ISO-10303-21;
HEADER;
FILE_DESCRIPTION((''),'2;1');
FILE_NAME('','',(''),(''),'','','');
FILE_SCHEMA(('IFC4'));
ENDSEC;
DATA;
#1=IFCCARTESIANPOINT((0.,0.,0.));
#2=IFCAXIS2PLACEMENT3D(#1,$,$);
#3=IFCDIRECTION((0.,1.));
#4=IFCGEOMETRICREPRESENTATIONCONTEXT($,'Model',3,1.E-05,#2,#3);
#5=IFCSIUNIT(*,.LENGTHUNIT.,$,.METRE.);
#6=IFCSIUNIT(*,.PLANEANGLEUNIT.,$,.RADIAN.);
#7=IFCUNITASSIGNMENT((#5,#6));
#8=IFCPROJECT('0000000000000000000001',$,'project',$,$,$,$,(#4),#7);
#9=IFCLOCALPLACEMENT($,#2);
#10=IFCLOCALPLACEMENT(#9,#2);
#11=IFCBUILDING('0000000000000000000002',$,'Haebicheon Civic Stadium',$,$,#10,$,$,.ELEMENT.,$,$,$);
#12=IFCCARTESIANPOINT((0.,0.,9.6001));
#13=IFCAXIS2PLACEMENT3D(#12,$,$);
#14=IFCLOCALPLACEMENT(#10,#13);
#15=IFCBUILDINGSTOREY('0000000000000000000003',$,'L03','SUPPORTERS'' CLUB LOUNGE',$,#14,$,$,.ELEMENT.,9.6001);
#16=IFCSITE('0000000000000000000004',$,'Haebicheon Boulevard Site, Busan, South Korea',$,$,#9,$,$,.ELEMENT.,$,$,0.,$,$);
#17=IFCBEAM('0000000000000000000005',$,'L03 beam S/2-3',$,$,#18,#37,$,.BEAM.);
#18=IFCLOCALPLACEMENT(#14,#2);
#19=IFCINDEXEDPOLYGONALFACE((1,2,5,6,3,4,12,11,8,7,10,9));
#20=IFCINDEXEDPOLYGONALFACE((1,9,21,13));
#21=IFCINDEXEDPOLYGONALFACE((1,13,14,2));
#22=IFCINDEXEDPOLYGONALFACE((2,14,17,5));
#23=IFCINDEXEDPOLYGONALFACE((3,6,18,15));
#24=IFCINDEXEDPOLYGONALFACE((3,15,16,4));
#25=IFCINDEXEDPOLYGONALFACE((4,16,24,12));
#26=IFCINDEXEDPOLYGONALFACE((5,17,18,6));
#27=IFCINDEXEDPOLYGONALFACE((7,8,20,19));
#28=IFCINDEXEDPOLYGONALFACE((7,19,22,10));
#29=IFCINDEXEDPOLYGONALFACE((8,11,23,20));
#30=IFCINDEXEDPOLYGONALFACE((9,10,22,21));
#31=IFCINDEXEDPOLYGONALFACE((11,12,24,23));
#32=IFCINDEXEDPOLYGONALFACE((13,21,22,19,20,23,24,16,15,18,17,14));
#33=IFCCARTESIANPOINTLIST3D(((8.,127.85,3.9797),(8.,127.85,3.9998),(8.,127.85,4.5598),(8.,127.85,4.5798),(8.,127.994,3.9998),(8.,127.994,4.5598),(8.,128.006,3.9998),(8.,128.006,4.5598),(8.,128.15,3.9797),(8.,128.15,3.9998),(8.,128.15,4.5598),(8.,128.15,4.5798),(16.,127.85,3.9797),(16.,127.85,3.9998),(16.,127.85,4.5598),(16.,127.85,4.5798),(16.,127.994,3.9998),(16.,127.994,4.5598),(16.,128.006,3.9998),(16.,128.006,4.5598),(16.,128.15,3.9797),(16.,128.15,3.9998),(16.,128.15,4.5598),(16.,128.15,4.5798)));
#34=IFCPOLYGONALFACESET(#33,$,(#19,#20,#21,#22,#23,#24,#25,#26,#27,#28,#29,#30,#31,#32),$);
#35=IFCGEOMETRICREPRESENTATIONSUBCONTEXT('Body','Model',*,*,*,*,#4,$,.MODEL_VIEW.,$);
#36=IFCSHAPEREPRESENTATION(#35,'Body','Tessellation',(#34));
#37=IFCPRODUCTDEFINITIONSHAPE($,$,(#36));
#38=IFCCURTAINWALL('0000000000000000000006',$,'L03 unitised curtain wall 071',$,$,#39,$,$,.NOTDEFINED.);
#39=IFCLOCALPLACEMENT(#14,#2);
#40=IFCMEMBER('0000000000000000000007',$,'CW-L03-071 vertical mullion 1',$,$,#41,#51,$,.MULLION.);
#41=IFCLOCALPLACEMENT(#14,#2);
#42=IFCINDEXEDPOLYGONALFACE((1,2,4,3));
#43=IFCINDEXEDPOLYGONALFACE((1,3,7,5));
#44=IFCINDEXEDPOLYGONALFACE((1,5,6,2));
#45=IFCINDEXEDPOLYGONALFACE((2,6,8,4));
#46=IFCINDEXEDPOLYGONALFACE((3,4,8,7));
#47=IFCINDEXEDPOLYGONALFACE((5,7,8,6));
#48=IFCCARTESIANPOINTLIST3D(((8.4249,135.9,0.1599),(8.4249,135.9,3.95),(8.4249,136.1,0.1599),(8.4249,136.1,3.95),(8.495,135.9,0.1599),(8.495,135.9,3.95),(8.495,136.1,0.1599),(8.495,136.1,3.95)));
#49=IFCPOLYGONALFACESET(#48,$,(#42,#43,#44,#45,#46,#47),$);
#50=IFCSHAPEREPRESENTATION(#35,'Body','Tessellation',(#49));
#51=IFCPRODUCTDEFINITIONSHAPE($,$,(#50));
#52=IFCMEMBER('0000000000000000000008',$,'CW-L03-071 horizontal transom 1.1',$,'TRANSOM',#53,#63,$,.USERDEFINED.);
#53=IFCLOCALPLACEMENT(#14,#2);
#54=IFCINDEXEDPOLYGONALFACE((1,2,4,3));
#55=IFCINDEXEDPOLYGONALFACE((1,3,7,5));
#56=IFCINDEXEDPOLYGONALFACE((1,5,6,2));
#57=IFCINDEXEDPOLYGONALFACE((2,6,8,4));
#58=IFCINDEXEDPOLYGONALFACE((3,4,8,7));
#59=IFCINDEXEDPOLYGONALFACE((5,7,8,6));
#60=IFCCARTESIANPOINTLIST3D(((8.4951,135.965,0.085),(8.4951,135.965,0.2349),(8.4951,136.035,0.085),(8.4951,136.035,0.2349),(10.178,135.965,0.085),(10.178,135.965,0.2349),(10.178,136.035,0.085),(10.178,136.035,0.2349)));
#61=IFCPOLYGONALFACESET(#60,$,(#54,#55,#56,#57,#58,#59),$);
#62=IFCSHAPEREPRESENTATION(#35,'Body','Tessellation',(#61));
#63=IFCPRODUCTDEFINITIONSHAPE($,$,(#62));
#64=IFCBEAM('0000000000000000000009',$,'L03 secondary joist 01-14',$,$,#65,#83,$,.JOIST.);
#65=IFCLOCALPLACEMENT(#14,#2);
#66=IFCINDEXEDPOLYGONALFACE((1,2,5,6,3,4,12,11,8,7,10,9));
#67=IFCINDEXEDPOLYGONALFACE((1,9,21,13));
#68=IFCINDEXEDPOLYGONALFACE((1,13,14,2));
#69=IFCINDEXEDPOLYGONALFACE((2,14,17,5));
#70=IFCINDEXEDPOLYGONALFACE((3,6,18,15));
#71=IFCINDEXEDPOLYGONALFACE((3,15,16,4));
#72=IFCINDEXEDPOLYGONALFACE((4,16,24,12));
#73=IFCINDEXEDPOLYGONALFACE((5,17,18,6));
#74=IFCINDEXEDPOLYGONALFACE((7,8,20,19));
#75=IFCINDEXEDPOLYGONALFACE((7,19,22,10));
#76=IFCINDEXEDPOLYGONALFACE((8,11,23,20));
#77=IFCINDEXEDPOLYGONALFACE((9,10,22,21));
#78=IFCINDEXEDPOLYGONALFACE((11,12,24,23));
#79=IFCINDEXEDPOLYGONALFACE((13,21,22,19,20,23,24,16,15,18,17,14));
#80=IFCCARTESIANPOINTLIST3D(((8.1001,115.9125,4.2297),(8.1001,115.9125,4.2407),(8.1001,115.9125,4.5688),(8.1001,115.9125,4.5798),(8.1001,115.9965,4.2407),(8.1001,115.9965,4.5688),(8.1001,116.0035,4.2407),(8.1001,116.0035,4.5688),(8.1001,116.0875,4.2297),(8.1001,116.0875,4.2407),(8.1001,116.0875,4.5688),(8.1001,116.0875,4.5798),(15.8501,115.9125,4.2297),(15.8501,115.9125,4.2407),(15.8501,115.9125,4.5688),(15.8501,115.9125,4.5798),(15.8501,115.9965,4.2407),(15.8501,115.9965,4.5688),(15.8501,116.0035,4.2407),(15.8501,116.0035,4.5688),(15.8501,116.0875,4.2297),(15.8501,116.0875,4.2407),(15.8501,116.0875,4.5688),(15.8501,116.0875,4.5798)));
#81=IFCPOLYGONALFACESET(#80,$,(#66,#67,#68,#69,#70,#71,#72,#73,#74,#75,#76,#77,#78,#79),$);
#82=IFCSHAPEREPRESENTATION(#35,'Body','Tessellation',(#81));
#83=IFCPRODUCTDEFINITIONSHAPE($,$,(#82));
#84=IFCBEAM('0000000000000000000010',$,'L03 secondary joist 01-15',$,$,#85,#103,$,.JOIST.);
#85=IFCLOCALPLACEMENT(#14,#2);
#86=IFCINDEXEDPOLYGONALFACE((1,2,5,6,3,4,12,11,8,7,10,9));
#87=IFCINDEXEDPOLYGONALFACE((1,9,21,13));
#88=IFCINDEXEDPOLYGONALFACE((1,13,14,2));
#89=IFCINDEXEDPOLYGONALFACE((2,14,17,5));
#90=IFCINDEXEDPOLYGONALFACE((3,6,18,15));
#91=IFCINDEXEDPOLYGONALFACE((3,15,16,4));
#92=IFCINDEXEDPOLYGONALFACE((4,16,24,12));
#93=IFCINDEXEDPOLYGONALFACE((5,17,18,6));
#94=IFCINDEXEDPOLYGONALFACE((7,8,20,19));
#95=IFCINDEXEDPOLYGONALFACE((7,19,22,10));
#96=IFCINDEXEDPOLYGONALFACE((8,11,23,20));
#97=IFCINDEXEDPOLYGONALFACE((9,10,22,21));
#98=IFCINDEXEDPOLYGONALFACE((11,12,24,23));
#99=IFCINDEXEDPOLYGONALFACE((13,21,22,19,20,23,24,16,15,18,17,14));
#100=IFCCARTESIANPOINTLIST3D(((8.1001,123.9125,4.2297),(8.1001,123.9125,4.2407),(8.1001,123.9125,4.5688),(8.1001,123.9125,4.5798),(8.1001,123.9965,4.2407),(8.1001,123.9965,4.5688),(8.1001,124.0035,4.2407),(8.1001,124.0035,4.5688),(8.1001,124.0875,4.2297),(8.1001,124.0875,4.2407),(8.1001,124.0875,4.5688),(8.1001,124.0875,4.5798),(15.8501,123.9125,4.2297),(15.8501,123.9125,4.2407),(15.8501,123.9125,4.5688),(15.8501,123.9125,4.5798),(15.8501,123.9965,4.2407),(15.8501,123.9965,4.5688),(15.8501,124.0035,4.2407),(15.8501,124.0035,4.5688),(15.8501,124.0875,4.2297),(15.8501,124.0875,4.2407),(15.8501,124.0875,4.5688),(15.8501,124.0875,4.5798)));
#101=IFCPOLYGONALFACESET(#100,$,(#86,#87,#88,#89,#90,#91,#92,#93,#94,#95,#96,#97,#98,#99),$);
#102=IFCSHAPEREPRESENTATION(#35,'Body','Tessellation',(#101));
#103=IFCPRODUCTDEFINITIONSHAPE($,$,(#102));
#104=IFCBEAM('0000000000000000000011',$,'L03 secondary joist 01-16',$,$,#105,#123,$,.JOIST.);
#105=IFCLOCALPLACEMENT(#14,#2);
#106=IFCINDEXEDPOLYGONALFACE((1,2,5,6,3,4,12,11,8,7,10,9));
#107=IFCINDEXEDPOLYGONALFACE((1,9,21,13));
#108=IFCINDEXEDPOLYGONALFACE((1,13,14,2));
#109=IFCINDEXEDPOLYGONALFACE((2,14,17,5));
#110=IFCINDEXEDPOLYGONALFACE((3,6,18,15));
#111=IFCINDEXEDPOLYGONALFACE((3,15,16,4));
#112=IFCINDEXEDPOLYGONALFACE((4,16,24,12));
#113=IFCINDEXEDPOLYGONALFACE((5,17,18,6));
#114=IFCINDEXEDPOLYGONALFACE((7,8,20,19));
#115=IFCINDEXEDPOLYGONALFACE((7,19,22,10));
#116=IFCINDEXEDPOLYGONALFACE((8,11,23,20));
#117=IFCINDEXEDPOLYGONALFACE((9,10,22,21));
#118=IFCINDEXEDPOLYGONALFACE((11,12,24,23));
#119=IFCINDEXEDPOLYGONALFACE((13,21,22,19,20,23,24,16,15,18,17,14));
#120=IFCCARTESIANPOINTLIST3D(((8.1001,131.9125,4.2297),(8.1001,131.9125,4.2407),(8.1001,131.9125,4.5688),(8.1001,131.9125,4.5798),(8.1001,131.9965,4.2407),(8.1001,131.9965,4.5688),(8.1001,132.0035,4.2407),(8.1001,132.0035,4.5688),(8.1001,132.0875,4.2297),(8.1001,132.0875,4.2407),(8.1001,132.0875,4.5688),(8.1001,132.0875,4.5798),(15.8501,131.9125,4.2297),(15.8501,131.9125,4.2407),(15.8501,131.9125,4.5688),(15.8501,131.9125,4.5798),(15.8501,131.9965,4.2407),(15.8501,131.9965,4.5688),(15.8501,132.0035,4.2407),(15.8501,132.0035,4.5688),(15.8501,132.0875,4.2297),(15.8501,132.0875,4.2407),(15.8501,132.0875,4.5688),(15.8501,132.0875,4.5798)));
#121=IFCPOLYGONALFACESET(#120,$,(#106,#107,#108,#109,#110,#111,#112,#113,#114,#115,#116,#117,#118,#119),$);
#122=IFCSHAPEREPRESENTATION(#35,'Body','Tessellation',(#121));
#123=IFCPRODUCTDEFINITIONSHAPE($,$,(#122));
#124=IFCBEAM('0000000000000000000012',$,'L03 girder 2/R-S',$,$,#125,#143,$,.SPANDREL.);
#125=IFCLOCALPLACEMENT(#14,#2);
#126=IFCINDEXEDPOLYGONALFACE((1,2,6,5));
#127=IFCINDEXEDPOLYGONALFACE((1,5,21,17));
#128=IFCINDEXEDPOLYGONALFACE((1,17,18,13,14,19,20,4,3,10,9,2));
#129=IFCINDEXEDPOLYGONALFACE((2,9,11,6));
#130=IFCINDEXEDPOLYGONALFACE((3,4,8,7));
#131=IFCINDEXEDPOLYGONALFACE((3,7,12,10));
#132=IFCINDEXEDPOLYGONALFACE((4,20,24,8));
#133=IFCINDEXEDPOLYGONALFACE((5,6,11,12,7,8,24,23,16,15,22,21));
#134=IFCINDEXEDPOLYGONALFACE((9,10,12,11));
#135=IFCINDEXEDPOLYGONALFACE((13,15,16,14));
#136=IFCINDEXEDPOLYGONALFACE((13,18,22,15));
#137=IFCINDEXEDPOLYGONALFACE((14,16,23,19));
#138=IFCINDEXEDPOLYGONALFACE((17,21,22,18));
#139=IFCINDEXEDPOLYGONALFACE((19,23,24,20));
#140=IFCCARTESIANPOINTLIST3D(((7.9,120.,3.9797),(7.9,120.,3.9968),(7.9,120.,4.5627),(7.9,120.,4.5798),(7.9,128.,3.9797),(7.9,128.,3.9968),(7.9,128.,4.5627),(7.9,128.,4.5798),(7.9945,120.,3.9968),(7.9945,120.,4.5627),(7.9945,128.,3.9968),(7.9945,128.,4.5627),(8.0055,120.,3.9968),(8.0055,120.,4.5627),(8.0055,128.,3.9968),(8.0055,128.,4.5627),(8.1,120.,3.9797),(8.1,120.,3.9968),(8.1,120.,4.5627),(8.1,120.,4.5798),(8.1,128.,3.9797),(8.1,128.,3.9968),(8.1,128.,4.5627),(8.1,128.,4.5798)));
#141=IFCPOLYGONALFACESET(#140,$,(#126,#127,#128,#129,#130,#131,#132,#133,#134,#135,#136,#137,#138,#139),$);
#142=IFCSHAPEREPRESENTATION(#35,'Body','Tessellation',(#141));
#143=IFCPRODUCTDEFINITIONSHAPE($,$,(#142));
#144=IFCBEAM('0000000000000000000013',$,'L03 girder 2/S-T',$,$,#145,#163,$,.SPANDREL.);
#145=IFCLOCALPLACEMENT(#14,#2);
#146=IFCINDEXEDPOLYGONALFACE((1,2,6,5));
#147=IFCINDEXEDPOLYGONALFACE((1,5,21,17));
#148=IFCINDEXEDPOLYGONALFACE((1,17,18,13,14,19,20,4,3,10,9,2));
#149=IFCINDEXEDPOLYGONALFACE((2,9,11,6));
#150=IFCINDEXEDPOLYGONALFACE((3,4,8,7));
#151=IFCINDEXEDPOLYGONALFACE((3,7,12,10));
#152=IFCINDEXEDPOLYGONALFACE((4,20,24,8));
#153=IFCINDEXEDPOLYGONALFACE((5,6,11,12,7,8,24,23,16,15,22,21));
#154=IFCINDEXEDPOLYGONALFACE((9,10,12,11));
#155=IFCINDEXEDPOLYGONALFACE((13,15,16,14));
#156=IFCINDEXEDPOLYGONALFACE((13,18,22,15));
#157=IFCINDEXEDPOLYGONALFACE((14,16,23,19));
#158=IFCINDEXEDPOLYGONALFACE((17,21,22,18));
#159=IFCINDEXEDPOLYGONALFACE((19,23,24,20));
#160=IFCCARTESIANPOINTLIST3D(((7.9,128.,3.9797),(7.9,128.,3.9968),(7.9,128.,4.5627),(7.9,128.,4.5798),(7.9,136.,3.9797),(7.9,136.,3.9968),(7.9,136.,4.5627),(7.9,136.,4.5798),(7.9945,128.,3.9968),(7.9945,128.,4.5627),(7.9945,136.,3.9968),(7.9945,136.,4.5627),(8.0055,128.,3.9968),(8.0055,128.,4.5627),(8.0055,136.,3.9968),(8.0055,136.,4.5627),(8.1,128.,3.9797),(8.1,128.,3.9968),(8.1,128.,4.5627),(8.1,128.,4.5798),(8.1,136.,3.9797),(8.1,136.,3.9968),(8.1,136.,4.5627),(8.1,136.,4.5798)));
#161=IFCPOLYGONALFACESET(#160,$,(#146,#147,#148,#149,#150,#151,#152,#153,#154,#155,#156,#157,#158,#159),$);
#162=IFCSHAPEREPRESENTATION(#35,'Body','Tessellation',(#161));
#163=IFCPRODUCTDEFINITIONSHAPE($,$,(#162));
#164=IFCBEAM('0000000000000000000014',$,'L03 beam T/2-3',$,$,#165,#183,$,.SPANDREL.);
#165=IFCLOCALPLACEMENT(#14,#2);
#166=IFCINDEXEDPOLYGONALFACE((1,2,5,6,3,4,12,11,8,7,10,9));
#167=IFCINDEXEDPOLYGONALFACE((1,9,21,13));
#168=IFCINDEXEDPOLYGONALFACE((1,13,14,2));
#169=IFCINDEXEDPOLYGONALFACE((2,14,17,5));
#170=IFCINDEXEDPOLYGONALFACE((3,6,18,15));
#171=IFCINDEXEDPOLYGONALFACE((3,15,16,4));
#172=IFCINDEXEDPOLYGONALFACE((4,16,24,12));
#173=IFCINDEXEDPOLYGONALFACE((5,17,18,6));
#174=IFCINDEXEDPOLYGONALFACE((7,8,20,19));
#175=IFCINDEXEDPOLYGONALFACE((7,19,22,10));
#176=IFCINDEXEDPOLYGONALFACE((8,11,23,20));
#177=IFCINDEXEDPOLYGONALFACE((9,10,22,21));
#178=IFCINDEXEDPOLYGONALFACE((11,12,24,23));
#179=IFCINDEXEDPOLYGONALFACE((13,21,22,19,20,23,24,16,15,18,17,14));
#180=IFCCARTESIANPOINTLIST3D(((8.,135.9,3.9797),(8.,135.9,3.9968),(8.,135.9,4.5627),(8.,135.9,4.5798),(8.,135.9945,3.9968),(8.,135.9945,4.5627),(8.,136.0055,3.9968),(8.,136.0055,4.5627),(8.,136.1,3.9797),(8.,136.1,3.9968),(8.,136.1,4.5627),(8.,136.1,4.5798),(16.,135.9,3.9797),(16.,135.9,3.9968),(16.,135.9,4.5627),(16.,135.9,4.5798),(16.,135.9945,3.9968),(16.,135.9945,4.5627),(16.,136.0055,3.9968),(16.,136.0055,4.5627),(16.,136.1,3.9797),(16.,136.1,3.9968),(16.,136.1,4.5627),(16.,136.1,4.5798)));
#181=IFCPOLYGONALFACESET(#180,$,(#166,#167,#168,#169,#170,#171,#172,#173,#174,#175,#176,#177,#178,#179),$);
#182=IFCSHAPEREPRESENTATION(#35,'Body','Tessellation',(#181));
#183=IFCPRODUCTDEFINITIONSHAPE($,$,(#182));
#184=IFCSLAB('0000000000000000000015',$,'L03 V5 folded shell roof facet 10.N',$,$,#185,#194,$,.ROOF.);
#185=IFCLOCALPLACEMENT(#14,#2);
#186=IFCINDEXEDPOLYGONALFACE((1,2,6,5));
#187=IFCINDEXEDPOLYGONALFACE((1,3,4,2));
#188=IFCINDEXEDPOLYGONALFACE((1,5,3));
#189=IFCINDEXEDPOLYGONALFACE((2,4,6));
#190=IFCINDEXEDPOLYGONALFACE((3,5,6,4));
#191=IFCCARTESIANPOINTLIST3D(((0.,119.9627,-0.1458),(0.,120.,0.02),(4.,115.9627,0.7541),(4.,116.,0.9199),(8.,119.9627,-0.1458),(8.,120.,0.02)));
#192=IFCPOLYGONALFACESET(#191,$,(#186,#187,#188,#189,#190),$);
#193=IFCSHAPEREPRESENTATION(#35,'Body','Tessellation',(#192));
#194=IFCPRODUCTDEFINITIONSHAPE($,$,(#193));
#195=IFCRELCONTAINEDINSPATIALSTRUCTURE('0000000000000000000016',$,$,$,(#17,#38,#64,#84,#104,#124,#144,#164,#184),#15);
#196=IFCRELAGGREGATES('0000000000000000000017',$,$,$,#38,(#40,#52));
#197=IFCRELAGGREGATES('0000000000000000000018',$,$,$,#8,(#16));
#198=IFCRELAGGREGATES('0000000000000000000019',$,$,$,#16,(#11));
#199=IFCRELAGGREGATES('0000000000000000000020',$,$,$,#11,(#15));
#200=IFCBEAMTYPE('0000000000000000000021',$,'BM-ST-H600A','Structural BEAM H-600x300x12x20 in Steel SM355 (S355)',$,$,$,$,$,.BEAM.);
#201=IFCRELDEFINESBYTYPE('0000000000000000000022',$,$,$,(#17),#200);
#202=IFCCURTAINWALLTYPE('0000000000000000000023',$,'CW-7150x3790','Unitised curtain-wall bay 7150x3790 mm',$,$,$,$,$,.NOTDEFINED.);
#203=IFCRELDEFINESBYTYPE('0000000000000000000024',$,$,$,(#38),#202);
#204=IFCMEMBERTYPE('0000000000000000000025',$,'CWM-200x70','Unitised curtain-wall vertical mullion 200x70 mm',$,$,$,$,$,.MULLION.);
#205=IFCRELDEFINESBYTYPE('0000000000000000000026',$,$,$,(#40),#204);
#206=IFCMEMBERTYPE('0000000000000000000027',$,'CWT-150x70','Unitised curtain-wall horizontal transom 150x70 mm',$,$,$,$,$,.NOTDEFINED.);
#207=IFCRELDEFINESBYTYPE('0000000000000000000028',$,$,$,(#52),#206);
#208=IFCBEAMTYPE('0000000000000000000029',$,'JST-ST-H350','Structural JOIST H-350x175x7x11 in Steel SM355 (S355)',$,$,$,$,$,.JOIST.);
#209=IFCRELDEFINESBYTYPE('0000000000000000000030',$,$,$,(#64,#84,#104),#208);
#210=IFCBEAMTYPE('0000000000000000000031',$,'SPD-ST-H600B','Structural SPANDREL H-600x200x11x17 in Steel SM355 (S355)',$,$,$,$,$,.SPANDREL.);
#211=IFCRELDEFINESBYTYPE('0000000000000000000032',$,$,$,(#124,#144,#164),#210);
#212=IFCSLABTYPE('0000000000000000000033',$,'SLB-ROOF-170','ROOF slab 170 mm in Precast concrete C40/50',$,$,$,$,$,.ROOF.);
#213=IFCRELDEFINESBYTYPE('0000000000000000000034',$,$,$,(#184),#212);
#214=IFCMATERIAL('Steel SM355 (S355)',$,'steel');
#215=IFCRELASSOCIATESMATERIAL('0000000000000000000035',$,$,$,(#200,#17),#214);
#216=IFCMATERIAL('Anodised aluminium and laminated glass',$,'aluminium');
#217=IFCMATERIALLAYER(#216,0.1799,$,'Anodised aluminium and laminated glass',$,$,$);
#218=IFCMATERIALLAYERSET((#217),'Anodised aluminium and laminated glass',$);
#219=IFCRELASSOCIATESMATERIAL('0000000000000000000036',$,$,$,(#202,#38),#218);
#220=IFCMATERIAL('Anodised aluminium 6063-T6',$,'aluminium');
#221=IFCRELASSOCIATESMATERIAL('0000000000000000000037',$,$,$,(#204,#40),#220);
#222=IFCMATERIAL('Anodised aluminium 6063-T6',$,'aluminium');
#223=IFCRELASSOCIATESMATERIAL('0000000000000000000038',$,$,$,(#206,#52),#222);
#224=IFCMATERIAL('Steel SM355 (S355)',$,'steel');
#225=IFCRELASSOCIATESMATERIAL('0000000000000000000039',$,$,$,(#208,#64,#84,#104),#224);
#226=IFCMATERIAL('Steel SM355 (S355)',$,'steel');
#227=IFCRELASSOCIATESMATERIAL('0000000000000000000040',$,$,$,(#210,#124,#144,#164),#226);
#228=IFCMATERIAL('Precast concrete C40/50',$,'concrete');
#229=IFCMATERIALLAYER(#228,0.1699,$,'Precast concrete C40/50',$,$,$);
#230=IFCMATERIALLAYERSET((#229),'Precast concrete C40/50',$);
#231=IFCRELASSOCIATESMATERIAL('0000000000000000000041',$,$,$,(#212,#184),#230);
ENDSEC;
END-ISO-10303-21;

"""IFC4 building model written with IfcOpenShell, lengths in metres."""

from ifc_helpers import new_model, si_unit, direction, frame, origin, origin_2d, place, context, subcontext, project, spatial, polyline, rectangle, i_section, outline, extrude, material, layer, layer_set, material_profile, profile_set, type_object, element, aggregate, save


model = new_model("IFC4")

# Units and contexts
model_context = context("Model", 3, precision=1e-05, world=origin(), true_north=direction((0.0, 1.0)))
body_context = subcontext(model_context, "Body", "Model", "MODEL_VIEW")
ifc_project = project(units=[si_unit("LENGTHUNIT", "METRE"), si_unit("PLANEANGLEUNIT", "RADIAN")], contexts=[model_context])

# Site, building, storey
site_placement = place(None, origin())
site = spatial("IfcSite", under=ifc_project, at=site_placement, Name="Haebicheon Boulevard Site, Busan, South Korea", CompositionType="ELEMENT", RefElevation=0.0)
building_placement = place(site_placement, origin())
building = spatial("IfcBuilding", under=site, at=building_placement, Name="Haebicheon Civic Stadium", CompositionType="ELEMENT")
storey_placement = place(building_placement, frame((0.0, 0.0, 9.6001)))
storey = spatial("IfcBuildingStorey", under=building, at=storey_placement, Name="L03", Description="SUPPORTERS' CLUB LOUNGE", CompositionType="ELEMENT", Elevation=9.6001)

# Beam
ifc_material_1 = material(Name="Steel SM355 (S355)", Category="steel")
ifc_material_profile_1 = material_profile(ifc_material_1, i_section(OverallWidth=0.3, OverallDepth=0.6001, WebThickness=0.012, FlangeThickness=0.02, at=origin_2d()), Name="H-600x300x12x20")
ifc_profile_set_1 = profile_set([ifc_material_profile_1], Name="Steel SM355 (S355)")
beam_type_1 = type_object("IfcBeamType", Name="BM-ST-H600A", Description="Structural BEAM H-600x300x12x20 in Steel SM355 (S355)", PredefinedType="BEAM", material=ifc_profile_set_1)
beam_1_placement = place(storey_placement, frame((8.0, 128.0, 4.2798), z_axis=(1.0, 0.0, 0.0), x_axis=(0.0, 1.0, 0.0)))
element("IfcBeam", 1, at=beam_1_placement, inside=storey, type_object=beam_type_1, material=ifc_profile_set_1, Name="L03 beam S/2-3", PredefinedType="BEAM", context=body_context, shape_type="SweptSolid", body=[
    extrude(i_section(OverallWidth=0.3, OverallDepth=0.6001, WebThickness=0.012, FlangeThickness=0.02, at=origin_2d()), origin(), (0.0, 0.0, 1.0), 8.0),
])

# Curtain wall, members
ifc_material_2 = material(Name="Anodised aluminium and laminated glass", Category="aluminium")
ifc_layer_1 = layer(ifc_material_2, 0.1799, Name="Anodised aluminium and laminated glass")
ifc_layer_set_1 = layer_set([ifc_layer_1], Name="Anodised aluminium and laminated glass")
curtain_wall_type = type_object("IfcCurtainWallType", Name="CW-7150x3790", Description="Unitised curtain-wall bay 7150x3790 mm", PredefinedType="NOTDEFINED", material=ifc_layer_set_1)
curtain_wall_placement = place(storey_placement, origin())
curtain_wall = element("IfcCurtainWall", 2, at=curtain_wall_placement, inside=storey, type_object=curtain_wall_type, material=ifc_layer_set_1, Name="L03 unitised curtain wall 071", PredefinedType="NOTDEFINED")
ifc_material_3 = material(Name="Anodised aluminium 6063-T6", Category="aluminium")
ifc_material_profile_2 = material_profile(ifc_material_3, rectangle(XDim=0.0701, YDim=0.2, at=origin_2d()), Name="ALU-MULL-70x200")
ifc_profile_set_2 = profile_set([ifc_material_profile_2], Name="Anodised aluminium 6063-T6")
member_type_1 = type_object("IfcMemberType", Name="CWM-200x70", Description="Unitised curtain-wall vertical mullion 200x70 mm", PredefinedType="MULLION", material=ifc_profile_set_2)
member_1_placement = place(storey_placement, frame((8.46, 136.0, 0.1599), z_axis=(0.0, 0.0, 1.0), x_axis=(1.0, 0.0, 0.0)))
member_1 = element("IfcMember", 3, at=member_1_placement, type_object=member_type_1, material=ifc_profile_set_2, Name="CW-L03-071 vertical mullion 1", PredefinedType="MULLION", context=body_context, shape_type="SweptSolid", body=[
    extrude(rectangle(XDim=0.0701, YDim=0.2, at=origin_2d()), origin(), (0.0, 0.0, 1.0), 3.79),
])
ifc_material_4 = material(Name="Anodised aluminium 6063-T6", Category="aluminium")
ifc_material_profile_3 = material_profile(ifc_material_4, rectangle(XDim=0.0701, YDim=0.1499, at=origin_2d()), Name="ALU-TRAN-70x150")
ifc_profile_set_3 = profile_set([ifc_material_profile_3], Name="Anodised aluminium 6063-T6")
member_type_2 = type_object("IfcMemberType", Name="CWT-150x70", Description="Unitised curtain-wall horizontal transom 150x70 mm", PredefinedType="NOTDEFINED", material=ifc_profile_set_3)
member_2_placement = place(storey_placement, frame((8.4951, 136.0, 0.1599), z_axis=(1.0, 0.0, 0.0), x_axis=(0.0, 1.0, 0.0)))
member_2 = element("IfcMember", 4, at=member_2_placement, type_object=member_type_2, material=ifc_profile_set_3, Name="CW-L03-071 horizontal transom 1.1", ObjectType="TRANSOM", PredefinedType="USERDEFINED", context=body_context, shape_type="SweptSolid", body=[
    extrude(rectangle(XDim=0.0701, YDim=0.1499, at=origin_2d()), origin(), (0.0, 0.0, 1.0), 1.6829),
])
aggregate(curtain_wall, [member_1, member_2])

# Beams
ifc_material_5 = material(Name="Steel SM355 (S355)", Category="steel")
ifc_material_profile_4 = material_profile(ifc_material_5, i_section(OverallWidth=0.175, OverallDepth=0.3501, WebThickness=0.0071, FlangeThickness=0.011, at=origin_2d()), Name="H-350x175x7x11")
ifc_profile_set_4 = profile_set([ifc_material_profile_4], Name="Steel SM355 (S355)")
beam_type_2 = type_object("IfcBeamType", Name="JST-ST-H350", Description="Structural JOIST H-350x175x7x11 in Steel SM355 (S355)", PredefinedType="JOIST", material=ifc_profile_set_4)
for number, where, z_axis, x_axis, name in (
    (5, (8.1001, 116.0, 4.4048), (1.0, 0.0, 0.0), (0.0, 1.0, 0.0), "L03 secondary joist 01-14"),
    (6, (8.1001, 124.0, 4.4048), (1.0, 0.0, 0.0), (0.0, 1.0, 0.0), "L03 secondary joist 01-15"),
    (7, (8.1001, 132.0, 4.4048), (1.0, 0.0, 0.0), (0.0, 1.0, 0.0), "L03 secondary joist 01-16"),
):
    element("IfcBeam", number, at=place(storey_placement, frame(where, z_axis=z_axis, x_axis=x_axis)), inside=storey, type_object=beam_type_2, material=ifc_profile_set_4, Name=name, PredefinedType="JOIST", context=body_context, shape_type="SweptSolid", body=[
        extrude(i_section(OverallWidth=0.175, OverallDepth=0.3501, WebThickness=0.0071, FlangeThickness=0.011, at=origin_2d()), origin(), (0.0, 0.0, 1.0), 7.75),
    ])
ifc_material_6 = material(Name="Steel SM355 (S355)", Category="steel")
ifc_material_profile_5 = material_profile(ifc_material_6, i_section(OverallWidth=0.2, OverallDepth=0.6001, WebThickness=0.011, FlangeThickness=0.0171, at=origin_2d()), Name="H-600x200x11x17")
ifc_profile_set_5 = profile_set([ifc_material_profile_5], Name="Steel SM355 (S355)")
beam_type_3 = type_object("IfcBeamType", Name="SPD-ST-H600B", Description="Structural SPANDREL H-600x200x11x17 in Steel SM355 (S355)", PredefinedType="SPANDREL", material=ifc_profile_set_5)
for number, where, z_axis, x_axis, name in (
    (8, (8.0, 120.0, 4.2798), (0.0, 1.0, 0.0), (-1.0, 0.0, 0.0), "L03 girder 2/R-S"),
    (9, (8.0, 128.0, 4.2798), (0.0, 1.0, 0.0), (-1.0, 0.0, 0.0), "L03 girder 2/S-T"),
    (10, (8.0, 136.0, 4.2798), (1.0, 0.0, 0.0), (0.0, 1.0, 0.0), "L03 beam T/2-3"),
):
    element("IfcBeam", number, at=place(storey_placement, frame(where, z_axis=z_axis, x_axis=x_axis)), inside=storey, type_object=beam_type_3, material=ifc_profile_set_5, Name=name, PredefinedType="SPANDREL", context=body_context, shape_type="SweptSolid", body=[
        extrude(i_section(OverallWidth=0.2, OverallDepth=0.6001, WebThickness=0.011, FlangeThickness=0.0171, at=origin_2d()), origin(), (0.0, 0.0, 1.0), 8.0),
    ])

# Slab
ifc_material_7 = material(Name="Precast concrete C40/50", Category="concrete")
ifc_layer_2 = layer(ifc_material_7, 0.1699, Name="Precast concrete C40/50")
ifc_layer_set_2 = layer_set([ifc_layer_2], Name="Precast concrete C40/50")
slab_type = type_object("IfcSlabType", Name="SLB-ROOF-170", Description="ROOF slab 170 mm in Precast concrete C40/50", PredefinedType="ROOF", material=ifc_layer_set_2)
for number, where, z_axis, x_axis, name in (
    (11, (8.0, 120.0, 0.02), (0.0, 0.21949, 0.975615), (-1.0, 0.0, 0.0), "L03 V5 folded shell roof facet 10.N"),
):
    element("IfcSlab", number, at=place(storey_placement, frame(where, z_axis=z_axis, x_axis=x_axis)), inside=storey, type_object=slab_type, material=ifc_layer_set_2, Name=name, PredefinedType="ROOF", context=body_context, shape_type="SweptSolid", body=[
        extrude(outline(polyline([(0.0, 0.0), (8.0, 0.0), (4.0, 4.1), (0.0, 0.0)])), origin(), (0.0, 0.0, -1.0), 0.1699),
    ])

save(model, "model.ifc")
